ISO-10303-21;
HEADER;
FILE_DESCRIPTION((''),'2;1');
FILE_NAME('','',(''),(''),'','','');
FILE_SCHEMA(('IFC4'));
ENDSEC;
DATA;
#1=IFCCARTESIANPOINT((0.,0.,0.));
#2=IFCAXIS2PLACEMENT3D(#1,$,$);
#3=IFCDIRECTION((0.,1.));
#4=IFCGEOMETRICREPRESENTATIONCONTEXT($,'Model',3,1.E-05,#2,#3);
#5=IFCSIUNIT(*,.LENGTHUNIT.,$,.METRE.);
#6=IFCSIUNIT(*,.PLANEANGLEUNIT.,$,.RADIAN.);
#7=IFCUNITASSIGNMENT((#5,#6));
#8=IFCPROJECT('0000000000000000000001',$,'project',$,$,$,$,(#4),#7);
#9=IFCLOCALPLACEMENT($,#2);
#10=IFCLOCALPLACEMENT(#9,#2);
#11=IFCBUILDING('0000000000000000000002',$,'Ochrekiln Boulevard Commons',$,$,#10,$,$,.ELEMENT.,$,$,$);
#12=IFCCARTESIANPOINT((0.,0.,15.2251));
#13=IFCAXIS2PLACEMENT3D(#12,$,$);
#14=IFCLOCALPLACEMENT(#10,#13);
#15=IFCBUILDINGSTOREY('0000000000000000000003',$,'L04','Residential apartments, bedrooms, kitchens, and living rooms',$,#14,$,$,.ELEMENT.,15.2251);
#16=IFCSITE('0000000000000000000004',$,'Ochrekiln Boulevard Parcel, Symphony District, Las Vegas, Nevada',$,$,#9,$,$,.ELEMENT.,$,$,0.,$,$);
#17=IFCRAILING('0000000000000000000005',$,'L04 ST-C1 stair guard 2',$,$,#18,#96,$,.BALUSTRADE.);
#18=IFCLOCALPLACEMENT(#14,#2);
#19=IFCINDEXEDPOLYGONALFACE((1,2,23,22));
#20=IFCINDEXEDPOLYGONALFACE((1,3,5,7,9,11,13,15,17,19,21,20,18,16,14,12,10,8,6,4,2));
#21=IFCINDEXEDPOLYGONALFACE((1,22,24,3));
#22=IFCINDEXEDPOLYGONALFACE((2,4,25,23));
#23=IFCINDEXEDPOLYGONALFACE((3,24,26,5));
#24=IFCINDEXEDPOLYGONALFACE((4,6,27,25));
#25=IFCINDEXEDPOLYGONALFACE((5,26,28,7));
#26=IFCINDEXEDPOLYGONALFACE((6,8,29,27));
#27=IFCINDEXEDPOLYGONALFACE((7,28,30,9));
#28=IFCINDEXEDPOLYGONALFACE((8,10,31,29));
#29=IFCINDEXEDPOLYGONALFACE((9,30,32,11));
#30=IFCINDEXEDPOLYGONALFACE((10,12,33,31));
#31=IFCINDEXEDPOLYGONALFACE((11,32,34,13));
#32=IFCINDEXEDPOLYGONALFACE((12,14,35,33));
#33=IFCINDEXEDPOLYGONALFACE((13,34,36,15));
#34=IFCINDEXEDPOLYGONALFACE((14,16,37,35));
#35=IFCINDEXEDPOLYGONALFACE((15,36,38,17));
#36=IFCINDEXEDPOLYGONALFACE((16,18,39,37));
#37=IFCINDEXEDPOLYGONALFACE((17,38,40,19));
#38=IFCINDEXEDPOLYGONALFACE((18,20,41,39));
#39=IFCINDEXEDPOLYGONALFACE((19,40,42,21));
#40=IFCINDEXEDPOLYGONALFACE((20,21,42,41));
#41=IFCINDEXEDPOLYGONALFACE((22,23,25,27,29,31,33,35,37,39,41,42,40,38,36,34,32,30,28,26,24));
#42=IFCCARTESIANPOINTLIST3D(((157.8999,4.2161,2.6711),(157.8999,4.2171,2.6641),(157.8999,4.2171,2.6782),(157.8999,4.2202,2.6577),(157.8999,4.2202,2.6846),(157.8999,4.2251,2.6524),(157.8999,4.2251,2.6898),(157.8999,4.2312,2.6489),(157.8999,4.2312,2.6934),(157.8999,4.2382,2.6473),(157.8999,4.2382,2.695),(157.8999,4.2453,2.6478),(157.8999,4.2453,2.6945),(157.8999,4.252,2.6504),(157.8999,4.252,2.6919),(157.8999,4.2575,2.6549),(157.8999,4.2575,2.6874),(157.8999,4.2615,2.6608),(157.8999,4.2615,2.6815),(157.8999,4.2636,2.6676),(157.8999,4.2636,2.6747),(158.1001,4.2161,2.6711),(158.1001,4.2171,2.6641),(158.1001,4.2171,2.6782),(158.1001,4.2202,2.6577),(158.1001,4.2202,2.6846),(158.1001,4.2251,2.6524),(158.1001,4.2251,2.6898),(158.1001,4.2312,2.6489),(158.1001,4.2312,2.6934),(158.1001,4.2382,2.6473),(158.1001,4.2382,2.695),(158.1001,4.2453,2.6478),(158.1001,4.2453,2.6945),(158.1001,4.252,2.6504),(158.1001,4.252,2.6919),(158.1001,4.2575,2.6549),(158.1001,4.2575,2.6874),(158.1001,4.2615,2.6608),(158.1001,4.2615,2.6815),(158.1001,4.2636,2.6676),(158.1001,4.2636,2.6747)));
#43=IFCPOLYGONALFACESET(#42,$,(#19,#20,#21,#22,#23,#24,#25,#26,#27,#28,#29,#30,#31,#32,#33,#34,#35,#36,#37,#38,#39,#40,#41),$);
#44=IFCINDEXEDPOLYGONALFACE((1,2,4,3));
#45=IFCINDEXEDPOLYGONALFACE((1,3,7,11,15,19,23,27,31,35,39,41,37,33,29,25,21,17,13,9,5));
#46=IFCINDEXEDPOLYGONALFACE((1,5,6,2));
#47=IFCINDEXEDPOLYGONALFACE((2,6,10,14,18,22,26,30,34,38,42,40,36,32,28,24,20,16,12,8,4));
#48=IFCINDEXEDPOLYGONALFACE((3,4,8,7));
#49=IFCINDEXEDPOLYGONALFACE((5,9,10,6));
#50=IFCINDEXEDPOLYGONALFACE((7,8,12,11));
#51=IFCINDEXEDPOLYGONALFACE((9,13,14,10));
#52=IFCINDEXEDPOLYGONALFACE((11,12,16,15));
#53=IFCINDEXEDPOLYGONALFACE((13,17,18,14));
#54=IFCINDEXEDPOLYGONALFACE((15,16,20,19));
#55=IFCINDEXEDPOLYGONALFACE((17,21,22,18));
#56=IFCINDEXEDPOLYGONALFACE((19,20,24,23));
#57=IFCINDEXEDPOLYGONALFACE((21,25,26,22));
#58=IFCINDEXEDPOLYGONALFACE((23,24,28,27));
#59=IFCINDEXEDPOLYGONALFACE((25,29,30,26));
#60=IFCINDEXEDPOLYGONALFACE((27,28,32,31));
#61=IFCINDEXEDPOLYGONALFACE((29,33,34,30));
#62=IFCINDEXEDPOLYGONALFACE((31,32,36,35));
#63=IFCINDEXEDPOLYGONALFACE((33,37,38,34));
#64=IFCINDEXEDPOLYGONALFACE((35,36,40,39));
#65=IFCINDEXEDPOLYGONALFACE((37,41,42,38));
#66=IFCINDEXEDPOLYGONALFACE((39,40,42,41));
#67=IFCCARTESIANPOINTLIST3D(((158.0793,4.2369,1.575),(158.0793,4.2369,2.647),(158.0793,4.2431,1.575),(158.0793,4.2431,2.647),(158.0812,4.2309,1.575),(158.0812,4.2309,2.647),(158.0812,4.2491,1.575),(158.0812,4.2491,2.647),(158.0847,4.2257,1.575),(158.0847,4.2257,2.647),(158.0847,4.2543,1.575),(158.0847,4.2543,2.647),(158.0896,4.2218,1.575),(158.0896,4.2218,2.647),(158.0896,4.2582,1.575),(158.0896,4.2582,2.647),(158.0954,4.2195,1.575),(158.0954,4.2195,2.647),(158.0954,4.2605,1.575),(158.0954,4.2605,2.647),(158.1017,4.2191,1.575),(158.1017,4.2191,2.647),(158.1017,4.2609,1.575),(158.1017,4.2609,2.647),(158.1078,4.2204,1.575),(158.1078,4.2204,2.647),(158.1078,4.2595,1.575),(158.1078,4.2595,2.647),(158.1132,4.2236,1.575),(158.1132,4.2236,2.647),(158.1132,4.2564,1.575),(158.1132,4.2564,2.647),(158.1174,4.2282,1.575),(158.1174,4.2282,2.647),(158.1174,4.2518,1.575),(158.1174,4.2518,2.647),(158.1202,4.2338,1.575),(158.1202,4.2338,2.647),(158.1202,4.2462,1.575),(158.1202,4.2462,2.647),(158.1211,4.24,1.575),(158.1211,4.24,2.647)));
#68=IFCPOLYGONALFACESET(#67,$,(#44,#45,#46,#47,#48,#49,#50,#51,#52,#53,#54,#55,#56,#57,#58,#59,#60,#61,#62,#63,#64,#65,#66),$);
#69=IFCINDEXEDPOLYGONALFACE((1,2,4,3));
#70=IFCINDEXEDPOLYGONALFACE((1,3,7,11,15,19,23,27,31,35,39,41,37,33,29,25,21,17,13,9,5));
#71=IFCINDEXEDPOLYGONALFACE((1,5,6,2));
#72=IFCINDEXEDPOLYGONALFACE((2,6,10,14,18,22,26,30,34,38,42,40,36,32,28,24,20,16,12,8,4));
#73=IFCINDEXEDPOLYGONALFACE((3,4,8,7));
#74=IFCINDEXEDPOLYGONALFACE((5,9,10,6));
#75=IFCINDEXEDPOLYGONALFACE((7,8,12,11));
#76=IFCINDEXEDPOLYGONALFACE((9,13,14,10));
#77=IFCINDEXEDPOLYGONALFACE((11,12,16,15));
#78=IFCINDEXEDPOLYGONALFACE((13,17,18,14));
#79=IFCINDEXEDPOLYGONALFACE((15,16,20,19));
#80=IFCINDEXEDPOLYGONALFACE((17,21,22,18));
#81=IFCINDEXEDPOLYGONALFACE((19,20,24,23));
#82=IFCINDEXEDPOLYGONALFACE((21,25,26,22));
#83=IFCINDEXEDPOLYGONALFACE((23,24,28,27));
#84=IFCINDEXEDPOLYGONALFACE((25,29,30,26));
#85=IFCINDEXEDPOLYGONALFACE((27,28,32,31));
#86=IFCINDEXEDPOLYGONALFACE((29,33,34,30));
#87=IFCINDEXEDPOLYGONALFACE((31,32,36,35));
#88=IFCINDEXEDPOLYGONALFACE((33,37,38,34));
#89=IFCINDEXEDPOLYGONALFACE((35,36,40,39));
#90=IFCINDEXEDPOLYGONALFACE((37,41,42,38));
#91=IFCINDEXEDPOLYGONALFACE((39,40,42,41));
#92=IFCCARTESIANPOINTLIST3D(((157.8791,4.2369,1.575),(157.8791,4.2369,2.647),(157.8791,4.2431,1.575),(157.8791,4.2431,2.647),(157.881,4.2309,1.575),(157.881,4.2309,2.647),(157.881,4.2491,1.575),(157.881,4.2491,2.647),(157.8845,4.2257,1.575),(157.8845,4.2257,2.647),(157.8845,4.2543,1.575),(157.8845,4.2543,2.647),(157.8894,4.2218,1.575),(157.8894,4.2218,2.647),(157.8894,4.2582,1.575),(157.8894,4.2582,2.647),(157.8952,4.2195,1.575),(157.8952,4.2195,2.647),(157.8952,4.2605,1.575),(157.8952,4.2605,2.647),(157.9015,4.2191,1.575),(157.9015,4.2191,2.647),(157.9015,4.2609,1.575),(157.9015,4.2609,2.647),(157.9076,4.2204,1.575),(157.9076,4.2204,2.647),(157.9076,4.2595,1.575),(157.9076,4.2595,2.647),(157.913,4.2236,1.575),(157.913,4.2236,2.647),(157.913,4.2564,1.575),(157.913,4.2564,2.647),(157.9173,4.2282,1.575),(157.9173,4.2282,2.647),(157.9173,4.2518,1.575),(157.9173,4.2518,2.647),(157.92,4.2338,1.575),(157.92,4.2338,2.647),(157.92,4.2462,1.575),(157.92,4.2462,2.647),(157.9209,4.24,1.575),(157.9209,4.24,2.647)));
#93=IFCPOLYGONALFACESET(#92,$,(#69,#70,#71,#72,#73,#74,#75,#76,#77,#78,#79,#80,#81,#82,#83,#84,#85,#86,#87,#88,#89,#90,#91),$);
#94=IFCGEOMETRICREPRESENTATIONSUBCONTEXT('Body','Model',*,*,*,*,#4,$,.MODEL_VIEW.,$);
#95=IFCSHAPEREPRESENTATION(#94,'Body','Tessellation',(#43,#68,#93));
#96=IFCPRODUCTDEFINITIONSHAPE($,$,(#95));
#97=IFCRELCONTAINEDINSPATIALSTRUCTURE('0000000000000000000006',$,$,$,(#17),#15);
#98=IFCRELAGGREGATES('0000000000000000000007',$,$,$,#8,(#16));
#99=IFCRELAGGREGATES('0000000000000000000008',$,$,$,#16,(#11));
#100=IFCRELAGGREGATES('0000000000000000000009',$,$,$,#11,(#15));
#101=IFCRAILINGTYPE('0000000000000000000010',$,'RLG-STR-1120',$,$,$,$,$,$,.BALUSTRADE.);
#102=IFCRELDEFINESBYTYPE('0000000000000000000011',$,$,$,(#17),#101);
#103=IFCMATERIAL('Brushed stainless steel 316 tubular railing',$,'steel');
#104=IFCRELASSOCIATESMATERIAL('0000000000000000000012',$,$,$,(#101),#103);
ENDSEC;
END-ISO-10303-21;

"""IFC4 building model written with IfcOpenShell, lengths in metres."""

from ifc_helpers import new_model, si_unit, direction, frame, origin, origin_2d, place, context, subcontext, project, spatial, circle, extrude, material, type_object, element, save


model = new_model("IFC4")

# Units and contexts
model_context = context("Model", 3, precision=1e-05, world=origin(), true_north=direction((0.0, 1.0)))
body_context = subcontext(model_context, "Body", "Model", "MODEL_VIEW")
ifc_project = project(units=[si_unit("LENGTHUNIT", "METRE"), si_unit("PLANEANGLEUNIT", "RADIAN")], contexts=[model_context])

# Site, building, storey
site_placement = place(None, origin())
site = spatial("IfcSite", under=ifc_project, at=site_placement, Name="Ochrekiln Boulevard Parcel, Symphony District, Las Vegas, Nevada", CompositionType="ELEMENT", RefElevation=0.0)
building_placement = place(site_placement, origin())
building = spatial("IfcBuilding", under=site, at=building_placement, Name="Ochrekiln Boulevard Commons", CompositionType="ELEMENT")
storey_placement = place(building_placement, frame((0.0, 0.0, 15.2251)))
storey = spatial("IfcBuildingStorey", under=building, at=storey_placement, Name="L04", Description="Residential apartments, bedrooms, kitchens, and living rooms", CompositionType="ELEMENT", Elevation=15.2251)

# Railing
ifc_material_1 = material(Name="Brushed stainless steel 316 tubular railing", Category="steel")
railing_type_1 = type_object("IfcRailingType", Name="RLG-STR-1120", PredefinedType="BALUSTRADE", material=ifc_material_1)
railing_1_placement = place(storey_placement, frame((158.1001, 4.24, 1.575)))
element("IfcRailing", 1, at=railing_1_placement, inside=storey, type_object=railing_type_1, Name="L04 ST-C1 stair guard 2", PredefinedType="BALUSTRADE", context=body_context, shape_type="SweptSolid", body=[
    extrude(circle(Radius=0.0239, at=origin_2d()), frame((0.0, 0.0, 1.0962), z_axis=(-1.0, 0.0, 0.0), x_axis=(0.0, -1.0, 0.0)), (0.0, 0.0, 1.0), 0.2002),
    extrude(circle(Radius=0.021, at=origin_2d()), origin(), (0.0, 0.0, 1.0), 1.072),
    extrude(circle(Radius=0.021, at=origin_2d()), frame((-0.2002, 0.0, 0.0)), (0.0, 0.0, 1.0), 1.072),
])

save(model, "model.ifc")
